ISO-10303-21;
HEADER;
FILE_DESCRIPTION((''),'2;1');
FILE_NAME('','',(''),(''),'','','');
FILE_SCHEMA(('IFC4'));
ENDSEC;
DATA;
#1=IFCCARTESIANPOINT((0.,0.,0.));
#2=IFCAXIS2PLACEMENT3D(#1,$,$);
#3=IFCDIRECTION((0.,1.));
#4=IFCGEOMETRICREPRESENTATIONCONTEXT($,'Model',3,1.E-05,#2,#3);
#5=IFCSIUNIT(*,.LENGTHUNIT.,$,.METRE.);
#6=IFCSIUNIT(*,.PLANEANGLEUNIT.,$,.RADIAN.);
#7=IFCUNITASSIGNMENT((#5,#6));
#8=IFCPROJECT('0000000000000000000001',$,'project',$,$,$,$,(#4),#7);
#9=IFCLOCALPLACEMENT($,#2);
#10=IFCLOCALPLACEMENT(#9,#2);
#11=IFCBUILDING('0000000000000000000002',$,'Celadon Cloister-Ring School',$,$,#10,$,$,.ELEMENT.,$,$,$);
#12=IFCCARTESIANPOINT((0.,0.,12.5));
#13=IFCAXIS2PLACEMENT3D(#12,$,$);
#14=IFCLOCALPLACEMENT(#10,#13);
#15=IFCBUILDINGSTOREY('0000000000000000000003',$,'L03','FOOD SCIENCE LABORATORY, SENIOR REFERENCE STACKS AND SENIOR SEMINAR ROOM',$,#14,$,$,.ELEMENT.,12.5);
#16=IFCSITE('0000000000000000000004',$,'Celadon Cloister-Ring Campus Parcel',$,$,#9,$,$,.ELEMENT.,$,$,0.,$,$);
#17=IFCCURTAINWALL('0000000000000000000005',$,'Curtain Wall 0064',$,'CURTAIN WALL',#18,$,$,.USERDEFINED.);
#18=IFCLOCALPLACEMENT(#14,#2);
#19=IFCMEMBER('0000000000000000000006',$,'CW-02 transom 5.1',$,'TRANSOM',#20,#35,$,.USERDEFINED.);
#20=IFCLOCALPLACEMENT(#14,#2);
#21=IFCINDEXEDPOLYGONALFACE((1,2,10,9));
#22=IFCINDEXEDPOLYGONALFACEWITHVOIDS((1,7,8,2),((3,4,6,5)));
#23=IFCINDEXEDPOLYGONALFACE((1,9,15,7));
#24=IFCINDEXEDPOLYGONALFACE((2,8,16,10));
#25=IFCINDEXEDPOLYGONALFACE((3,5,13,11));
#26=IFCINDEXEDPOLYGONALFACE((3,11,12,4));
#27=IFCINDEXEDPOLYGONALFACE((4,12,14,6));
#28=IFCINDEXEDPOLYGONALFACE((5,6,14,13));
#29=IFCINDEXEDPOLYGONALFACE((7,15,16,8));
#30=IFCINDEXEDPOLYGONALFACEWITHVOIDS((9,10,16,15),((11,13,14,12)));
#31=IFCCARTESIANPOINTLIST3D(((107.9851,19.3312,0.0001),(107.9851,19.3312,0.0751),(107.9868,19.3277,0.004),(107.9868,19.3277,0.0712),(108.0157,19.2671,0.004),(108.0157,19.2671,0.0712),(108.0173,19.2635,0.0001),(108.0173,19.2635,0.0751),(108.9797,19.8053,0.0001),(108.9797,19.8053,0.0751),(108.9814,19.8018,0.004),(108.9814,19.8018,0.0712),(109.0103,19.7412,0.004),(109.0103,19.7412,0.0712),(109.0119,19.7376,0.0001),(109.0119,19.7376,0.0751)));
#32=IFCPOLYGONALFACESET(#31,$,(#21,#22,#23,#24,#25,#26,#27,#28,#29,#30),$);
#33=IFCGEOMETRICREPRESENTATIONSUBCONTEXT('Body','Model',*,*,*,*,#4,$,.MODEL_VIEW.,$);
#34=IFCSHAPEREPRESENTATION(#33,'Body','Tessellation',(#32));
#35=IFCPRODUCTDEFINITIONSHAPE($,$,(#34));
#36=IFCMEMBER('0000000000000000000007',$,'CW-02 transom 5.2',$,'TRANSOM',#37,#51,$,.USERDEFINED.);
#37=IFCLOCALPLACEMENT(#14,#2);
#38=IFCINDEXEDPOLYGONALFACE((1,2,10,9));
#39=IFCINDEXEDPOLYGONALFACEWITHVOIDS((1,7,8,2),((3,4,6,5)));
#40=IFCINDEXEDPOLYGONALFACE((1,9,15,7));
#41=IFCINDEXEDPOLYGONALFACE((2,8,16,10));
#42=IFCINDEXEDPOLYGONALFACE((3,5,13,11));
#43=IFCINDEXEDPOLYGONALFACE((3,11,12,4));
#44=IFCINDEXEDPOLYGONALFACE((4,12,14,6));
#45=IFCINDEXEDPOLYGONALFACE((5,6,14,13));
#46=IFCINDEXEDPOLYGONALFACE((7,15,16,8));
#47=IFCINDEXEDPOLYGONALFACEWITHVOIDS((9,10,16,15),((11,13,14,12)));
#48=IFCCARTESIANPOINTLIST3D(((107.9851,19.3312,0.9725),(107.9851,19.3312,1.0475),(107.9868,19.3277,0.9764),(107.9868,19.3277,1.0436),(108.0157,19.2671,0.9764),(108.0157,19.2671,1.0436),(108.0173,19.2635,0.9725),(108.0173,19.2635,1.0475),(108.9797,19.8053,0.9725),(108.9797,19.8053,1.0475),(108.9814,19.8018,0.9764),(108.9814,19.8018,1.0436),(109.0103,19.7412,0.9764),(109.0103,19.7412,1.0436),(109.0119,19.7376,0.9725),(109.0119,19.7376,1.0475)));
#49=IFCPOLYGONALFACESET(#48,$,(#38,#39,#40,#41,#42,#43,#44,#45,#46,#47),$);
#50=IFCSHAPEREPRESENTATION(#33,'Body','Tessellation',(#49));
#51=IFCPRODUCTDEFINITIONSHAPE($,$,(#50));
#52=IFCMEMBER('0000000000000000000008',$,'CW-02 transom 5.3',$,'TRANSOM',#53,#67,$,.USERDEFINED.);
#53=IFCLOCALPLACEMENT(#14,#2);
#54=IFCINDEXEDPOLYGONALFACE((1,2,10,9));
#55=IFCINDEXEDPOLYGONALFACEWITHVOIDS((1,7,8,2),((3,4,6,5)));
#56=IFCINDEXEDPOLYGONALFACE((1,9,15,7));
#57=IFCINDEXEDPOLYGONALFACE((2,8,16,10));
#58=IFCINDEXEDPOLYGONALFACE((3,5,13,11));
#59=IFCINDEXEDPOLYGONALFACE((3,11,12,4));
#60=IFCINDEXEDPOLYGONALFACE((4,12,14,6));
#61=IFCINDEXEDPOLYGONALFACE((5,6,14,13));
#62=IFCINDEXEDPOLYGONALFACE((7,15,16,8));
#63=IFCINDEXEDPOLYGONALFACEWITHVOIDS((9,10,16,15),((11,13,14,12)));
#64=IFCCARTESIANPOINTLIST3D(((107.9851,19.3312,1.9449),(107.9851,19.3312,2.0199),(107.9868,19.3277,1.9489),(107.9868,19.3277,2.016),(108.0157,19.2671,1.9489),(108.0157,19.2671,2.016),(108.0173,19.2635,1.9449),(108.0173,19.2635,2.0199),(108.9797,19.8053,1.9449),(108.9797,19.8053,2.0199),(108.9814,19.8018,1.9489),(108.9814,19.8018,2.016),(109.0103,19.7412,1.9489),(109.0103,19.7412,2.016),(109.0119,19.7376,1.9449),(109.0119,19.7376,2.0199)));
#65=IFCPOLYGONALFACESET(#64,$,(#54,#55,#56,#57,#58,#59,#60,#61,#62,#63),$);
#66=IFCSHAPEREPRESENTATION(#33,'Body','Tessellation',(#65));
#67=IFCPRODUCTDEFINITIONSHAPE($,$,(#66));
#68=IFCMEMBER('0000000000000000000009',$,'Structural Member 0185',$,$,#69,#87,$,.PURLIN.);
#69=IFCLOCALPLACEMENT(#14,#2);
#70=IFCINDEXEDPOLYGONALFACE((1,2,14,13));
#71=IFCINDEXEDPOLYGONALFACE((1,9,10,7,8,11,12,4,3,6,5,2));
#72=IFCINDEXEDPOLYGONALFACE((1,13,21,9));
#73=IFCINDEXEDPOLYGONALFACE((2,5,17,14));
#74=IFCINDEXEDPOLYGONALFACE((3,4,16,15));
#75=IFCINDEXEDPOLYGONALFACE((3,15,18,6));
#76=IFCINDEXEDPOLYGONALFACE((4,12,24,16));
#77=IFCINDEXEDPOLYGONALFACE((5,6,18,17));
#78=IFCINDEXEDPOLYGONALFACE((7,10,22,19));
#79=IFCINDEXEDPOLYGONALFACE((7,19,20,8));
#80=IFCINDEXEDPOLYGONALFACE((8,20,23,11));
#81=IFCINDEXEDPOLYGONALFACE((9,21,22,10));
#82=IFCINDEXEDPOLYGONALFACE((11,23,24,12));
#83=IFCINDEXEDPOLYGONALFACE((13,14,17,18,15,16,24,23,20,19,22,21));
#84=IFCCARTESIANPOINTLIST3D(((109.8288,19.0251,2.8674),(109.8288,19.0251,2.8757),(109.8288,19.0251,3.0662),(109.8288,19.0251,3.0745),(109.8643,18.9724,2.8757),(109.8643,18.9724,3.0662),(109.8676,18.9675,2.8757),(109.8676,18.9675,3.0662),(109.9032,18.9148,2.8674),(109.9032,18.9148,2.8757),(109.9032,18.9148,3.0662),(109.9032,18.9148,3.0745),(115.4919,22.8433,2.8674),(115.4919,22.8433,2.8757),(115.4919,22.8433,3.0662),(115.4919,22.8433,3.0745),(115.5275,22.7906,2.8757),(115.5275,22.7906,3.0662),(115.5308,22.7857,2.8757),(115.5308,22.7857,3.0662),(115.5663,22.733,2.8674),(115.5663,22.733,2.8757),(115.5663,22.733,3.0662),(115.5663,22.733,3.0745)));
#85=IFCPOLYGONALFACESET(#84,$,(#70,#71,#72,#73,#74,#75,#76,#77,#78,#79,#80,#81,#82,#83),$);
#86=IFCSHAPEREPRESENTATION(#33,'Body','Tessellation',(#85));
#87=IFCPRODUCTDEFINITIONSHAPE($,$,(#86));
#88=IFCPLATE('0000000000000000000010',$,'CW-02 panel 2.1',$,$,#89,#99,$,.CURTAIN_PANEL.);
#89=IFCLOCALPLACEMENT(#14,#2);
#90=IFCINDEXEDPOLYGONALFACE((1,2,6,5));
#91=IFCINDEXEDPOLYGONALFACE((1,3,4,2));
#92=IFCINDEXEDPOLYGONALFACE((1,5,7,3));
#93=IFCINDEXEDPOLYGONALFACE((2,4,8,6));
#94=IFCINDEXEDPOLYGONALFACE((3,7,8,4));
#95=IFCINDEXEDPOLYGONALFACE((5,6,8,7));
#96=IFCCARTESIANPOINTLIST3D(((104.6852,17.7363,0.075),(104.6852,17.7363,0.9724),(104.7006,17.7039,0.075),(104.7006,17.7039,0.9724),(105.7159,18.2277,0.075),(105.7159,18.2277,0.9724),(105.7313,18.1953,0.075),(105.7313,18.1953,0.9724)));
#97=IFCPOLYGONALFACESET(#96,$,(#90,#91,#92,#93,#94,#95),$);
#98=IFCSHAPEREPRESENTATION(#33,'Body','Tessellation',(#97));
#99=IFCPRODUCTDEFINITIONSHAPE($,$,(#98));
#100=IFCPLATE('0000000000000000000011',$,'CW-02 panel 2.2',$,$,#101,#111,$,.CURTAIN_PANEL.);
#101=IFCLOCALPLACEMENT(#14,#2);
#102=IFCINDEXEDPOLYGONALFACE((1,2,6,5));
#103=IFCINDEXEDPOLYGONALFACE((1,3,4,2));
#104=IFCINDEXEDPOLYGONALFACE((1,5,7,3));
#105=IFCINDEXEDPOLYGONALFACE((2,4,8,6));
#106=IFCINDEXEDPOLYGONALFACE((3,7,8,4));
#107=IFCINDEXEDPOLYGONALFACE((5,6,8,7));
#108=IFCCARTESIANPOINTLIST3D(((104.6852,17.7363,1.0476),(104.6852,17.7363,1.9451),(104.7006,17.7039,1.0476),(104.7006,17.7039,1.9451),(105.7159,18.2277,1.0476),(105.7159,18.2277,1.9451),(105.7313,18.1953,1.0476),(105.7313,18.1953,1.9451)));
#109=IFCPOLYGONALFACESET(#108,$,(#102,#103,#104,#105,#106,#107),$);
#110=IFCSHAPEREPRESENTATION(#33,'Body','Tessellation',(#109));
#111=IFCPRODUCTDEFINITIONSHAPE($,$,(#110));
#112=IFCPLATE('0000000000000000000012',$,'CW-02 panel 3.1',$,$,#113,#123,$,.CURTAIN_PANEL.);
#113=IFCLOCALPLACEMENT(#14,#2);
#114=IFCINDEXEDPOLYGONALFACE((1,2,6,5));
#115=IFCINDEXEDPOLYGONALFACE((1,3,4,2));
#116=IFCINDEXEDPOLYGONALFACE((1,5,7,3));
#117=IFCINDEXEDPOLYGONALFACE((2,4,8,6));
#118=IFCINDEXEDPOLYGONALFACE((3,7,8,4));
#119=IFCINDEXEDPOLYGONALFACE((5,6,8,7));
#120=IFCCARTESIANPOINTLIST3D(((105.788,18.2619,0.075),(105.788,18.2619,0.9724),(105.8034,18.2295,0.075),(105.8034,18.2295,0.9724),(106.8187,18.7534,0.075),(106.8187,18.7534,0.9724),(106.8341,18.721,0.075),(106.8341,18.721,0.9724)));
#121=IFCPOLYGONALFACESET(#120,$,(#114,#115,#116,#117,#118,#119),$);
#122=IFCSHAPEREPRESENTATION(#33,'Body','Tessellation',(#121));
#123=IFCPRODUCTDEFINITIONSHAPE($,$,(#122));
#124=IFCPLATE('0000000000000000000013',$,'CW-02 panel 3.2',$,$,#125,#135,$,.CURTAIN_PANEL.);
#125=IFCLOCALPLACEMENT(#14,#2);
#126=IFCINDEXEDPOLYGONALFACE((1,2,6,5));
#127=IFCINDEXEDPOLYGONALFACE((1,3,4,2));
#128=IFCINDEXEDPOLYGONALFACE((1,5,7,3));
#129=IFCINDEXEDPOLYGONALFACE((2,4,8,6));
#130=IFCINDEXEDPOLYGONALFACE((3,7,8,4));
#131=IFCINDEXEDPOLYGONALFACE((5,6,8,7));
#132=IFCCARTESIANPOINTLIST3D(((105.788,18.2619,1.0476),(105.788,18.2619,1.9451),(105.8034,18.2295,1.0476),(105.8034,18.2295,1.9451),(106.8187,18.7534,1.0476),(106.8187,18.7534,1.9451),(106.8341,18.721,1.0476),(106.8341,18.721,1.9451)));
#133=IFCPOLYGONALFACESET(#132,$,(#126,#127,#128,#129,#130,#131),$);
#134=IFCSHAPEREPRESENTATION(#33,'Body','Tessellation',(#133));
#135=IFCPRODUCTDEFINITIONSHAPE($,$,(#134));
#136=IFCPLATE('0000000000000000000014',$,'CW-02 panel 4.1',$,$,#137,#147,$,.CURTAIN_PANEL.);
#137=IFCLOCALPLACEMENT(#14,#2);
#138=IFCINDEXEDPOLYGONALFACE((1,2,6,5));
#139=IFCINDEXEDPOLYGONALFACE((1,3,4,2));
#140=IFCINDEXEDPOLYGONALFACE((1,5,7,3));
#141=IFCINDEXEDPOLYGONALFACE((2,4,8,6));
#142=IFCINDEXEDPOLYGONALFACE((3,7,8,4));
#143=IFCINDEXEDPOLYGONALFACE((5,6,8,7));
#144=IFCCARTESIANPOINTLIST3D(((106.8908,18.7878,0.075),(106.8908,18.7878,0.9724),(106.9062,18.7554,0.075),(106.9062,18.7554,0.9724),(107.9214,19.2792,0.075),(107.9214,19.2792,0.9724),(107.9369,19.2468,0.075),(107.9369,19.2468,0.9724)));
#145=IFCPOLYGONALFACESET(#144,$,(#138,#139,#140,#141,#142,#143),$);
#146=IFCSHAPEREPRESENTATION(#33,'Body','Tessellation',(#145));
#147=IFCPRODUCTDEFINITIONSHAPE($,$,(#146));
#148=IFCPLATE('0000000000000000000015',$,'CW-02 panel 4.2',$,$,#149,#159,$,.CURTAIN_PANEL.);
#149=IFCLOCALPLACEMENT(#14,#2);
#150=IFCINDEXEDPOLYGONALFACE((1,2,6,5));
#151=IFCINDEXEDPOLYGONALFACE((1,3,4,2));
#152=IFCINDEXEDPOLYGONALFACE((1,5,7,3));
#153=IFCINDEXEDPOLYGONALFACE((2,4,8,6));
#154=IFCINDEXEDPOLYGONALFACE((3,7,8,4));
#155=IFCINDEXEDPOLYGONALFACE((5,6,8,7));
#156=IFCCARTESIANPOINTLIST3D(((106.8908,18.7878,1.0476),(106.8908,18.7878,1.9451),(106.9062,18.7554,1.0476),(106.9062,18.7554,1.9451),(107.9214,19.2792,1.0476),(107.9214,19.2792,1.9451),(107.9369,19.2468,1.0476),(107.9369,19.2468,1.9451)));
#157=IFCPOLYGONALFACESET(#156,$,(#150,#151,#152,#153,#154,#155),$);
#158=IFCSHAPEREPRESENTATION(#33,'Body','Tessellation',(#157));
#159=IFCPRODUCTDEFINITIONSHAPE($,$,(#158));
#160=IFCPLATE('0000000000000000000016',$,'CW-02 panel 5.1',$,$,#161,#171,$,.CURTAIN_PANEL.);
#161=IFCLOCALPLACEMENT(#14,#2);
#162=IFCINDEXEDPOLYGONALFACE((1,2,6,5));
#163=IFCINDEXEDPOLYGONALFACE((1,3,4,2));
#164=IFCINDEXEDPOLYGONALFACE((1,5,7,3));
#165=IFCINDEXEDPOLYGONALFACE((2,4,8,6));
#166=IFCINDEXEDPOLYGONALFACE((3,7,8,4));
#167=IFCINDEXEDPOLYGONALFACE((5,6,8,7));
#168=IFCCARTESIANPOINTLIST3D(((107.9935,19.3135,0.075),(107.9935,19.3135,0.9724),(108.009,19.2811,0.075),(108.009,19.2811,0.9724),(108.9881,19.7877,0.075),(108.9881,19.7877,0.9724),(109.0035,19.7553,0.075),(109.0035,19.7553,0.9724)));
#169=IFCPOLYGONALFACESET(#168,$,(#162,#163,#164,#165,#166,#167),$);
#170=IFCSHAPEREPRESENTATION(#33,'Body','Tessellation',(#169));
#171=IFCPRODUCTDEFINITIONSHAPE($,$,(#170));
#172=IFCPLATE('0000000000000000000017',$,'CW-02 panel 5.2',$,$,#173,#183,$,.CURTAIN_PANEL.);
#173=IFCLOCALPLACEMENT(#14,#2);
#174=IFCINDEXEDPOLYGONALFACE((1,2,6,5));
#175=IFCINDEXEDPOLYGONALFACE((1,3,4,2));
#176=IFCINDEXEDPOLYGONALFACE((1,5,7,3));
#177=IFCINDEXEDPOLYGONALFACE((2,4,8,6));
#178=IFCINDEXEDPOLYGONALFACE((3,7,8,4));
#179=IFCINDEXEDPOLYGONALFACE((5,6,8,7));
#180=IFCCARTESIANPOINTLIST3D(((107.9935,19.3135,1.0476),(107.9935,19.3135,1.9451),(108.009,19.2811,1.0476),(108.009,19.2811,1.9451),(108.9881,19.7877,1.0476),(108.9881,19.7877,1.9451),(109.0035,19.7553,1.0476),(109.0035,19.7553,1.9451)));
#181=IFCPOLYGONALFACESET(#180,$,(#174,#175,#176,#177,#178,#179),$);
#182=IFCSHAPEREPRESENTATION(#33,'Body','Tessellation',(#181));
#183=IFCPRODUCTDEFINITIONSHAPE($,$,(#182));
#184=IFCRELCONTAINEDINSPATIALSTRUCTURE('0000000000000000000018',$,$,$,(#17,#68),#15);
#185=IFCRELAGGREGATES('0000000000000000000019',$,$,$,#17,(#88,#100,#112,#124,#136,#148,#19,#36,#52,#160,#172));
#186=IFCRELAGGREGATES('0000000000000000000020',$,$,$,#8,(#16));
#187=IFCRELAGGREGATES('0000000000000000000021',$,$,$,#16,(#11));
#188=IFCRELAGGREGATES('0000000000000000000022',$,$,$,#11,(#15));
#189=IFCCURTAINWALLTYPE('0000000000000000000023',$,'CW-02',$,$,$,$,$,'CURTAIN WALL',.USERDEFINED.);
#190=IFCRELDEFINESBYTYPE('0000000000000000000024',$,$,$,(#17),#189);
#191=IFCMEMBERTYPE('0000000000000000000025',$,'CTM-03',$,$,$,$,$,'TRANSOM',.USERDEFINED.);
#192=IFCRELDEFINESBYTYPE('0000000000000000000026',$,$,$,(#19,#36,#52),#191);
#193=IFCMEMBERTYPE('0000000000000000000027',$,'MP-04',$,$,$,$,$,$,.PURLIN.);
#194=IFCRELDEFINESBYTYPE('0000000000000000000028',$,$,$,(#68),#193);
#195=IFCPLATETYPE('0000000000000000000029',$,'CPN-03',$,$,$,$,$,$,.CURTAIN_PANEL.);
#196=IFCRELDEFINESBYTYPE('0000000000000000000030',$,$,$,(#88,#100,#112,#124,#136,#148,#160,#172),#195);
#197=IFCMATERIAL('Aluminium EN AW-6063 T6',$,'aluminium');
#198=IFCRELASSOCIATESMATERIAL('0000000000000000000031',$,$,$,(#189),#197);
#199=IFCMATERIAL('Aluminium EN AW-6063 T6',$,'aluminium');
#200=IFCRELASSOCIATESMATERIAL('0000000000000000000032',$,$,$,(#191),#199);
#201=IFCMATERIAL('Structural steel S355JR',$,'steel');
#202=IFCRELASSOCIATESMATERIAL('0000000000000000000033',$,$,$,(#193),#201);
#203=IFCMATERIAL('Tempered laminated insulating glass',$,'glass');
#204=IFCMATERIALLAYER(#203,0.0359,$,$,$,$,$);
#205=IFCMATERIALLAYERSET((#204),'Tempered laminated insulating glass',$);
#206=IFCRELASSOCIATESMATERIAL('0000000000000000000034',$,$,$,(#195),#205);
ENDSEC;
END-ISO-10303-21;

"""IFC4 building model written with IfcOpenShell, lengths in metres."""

from ifc_helpers import new_model, si_unit, direction, frame, origin, origin_2d, place, context, subcontext, project, spatial, rectangle, hollow_rectangle, i_section, extrude, material, layer, layer_set, material_profile, profile_set, type_object, element, aggregate, save


model = new_model("IFC4")

# Units and contexts
model_context = context("Model", 3, precision=1e-05, world=origin(), true_north=direction((0.0, 1.0)))
body_context = subcontext(model_context, "Body", "Model", "MODEL_VIEW")
ifc_project = project(units=[si_unit("LENGTHUNIT", "METRE"), si_unit("PLANEANGLEUNIT", "RADIAN")], contexts=[model_context])

# Site, building, storey
site_placement = place(None, origin())
site = spatial("IfcSite", under=ifc_project, at=site_placement, Name="Celadon Cloister-Ring Campus Parcel", CompositionType="ELEMENT", RefElevation=0.0)
building_placement = place(site_placement, origin())
building = spatial("IfcBuilding", under=site, at=building_placement, Name="Celadon Cloister-Ring School", CompositionType="ELEMENT")
storey_placement = place(building_placement, frame((0.0, 0.0, 12.5)))
storey = spatial("IfcBuildingStorey", under=building, at=storey_placement, Name="L03", Description="FOOD SCIENCE LABORATORY, SENIOR REFERENCE STACKS AND SENIOR SEMINAR ROOM", CompositionType="ELEMENT", Elevation=12.5)

# Curtain wall, members
ifc_material_1 = material(Name="Aluminium EN AW-6063 T6", Category="aluminium")
curtain_wall_type = type_object("IfcCurtainWallType", Name="CW-02", ElementType="CURTAIN WALL", PredefinedType="USERDEFINED", material=ifc_material_1)
curtain_wall_placement = place(storey_placement, origin())
curtain_wall = element("IfcCurtainWall", 1, at=curtain_wall_placement, inside=storey, type_object=curtain_wall_type, Name="Curtain Wall 0064", ObjectType="CURTAIN WALL", PredefinedType="USERDEFINED")
ifc_material_2 = material(Name="Aluminium EN AW-6063 T6", Category="aluminium")
ifc_material_profile_1 = material_profile(ifc_material_2, hollow_rectangle(XDim=0.075, YDim=0.075, WallThickness=0.0039, at=origin_2d()), Name="RHS75X75X4")
ifc_profile_set_1 = profile_set([ifc_material_profile_1], Name="Aluminium EN AW-6063 T6")
member_type_1 = type_object("IfcMemberType", Name="CTM-03", ElementType="TRANSOM", PredefinedType="USERDEFINED", material=ifc_profile_set_1)
member_1_placement = place(storey_placement, frame((108.0012, 19.2974, 0.0376), z_axis=(0.902688, 0.430295, 0.0), x_axis=(-0.430295, 0.902688, 0.0)))
member_1 = element("IfcMember", 2, at=member_1_placement, type_object=member_type_1, Name="CW-02 transom 5.1", ObjectType="TRANSOM", PredefinedType="USERDEFINED", context=body_context, shape_type="SweptSolid", body=[
    extrude(hollow_rectangle(XDim=0.075, YDim=0.075, WallThickness=0.0039, at=origin_2d()), origin(), (0.0, 0.0, 1.0), 1.1018),
])
member_2_placement = place(storey_placement, frame((108.0012, 19.2974, 1.01), z_axis=(0.902688, 0.430295, 0.0), x_axis=(-0.430295, 0.902688, 0.0)))
member_2 = element("IfcMember", 3, at=member_2_placement, type_object=member_type_1, Name="CW-02 transom 5.2", ObjectType="TRANSOM", PredefinedType="USERDEFINED", context=body_context, shape_type="SweptSolid", body=[
    extrude(hollow_rectangle(XDim=0.075, YDim=0.075, WallThickness=0.0039, at=origin_2d()), origin(), (0.0, 0.0, 1.0), 1.1018),
])
member_3_placement = place(storey_placement, frame((108.0012, 19.2974, 1.9824), z_axis=(0.902688, 0.430295, 0.0), x_axis=(-0.430295, 0.902688, 0.0)))
member_3 = element("IfcMember", 4, at=member_3_placement, type_object=member_type_1, Name="CW-02 transom 5.3", ObjectType="TRANSOM", PredefinedType="USERDEFINED", context=body_context, shape_type="SweptSolid", body=[
    extrude(hollow_rectangle(XDim=0.075, YDim=0.075, WallThickness=0.0039, at=origin_2d()), origin(), (0.0, 0.0, 1.0), 1.1018),
])

# Member
ifc_material_3 = material(Name="Structural steel S355JR", Category="steel")
ifc_material_profile_2 = material_profile(ifc_material_3, i_section(OverallWidth=0.1331, OverallDepth=0.207, WebThickness=0.0059, FlangeThickness=0.0083, at=origin_2d()), Name="W200X27")
ifc_profile_set_2 = profile_set([ifc_material_profile_2], Name="Structural steel S355JR")
member_type_2 = type_object("IfcMemberType", Name="MP-04", PredefinedType="PURLIN", material=ifc_profile_set_2)
member_4_placement = place(storey_placement, frame((109.866, 18.97, 2.9709), z_axis=(0.829152, 0.559023, 0.0), x_axis=(-0.559023, 0.829152, 0.0)))
element("IfcMember", 5, at=member_4_placement, inside=storey, type_object=member_type_2, Name="Structural Member 0185", PredefinedType="PURLIN", context=body_context, shape_type="SweptSolid", body=[
    extrude(i_section(OverallWidth=0.1331, OverallDepth=0.207, WebThickness=0.0059, FlangeThickness=0.0083, at=origin_2d()), origin(), (0.0, 0.0, 1.0), 6.8301),
])

# Plates
ifc_material_4 = material(Name="Tempered laminated insulating glass", Category="glass")
ifc_layer = layer(ifc_material_4, 0.0359)
ifc_layer_set = layer_set([ifc_layer], Name="Tempered laminated insulating glass")
plate_type = type_object("IfcPlateType", Name="CPN-03", PredefinedType="CURTAIN_PANEL", material=ifc_layer_set)
plate_1_placement = place(storey_placement, frame((105.2083, 17.9658, 0.075), z_axis=(0.0, 0.0, 1.0), x_axis=(0.902652, 0.430372, 0.0)))
plate_1 = element("IfcPlate", 6, at=plate_1_placement, type_object=plate_type, Name="CW-02 panel 2.1", PredefinedType="CURTAIN_PANEL", context=body_context, shape_type="SweptSolid", body=[
    extrude(rectangle(XDim=1.1418, YDim=0.0359, at=origin_2d()), origin(), (0.0, 0.0, 1.0), 0.8975),
])
plate_2_placement = place(storey_placement, frame((105.2083, 17.9658, 1.0476), z_axis=(0.0, 0.0, 1.0), x_axis=(0.902652, 0.430372, 0.0)))
plate_2 = element("IfcPlate", 7, at=plate_2_placement, type_object=plate_type, Name="CW-02 panel 2.2", PredefinedType="CURTAIN_PANEL", context=body_context, shape_type="SweptSolid", body=[
    extrude(rectangle(XDim=1.1418, YDim=0.0359, at=origin_2d()), origin(), (0.0, 0.0, 1.0), 0.8975),
])
plate_3_placement = place(storey_placement, frame((106.311, 18.4915, 0.075), z_axis=(0.0, 0.0, 1.0), x_axis=(0.902652, 0.430372, 0.0)))
plate_3 = element("IfcPlate", 8, at=plate_3_placement, type_object=plate_type, Name="CW-02 panel 3.1", PredefinedType="CURTAIN_PANEL", context=body_context, shape_type="SweptSolid", body=[
    extrude(rectangle(XDim=1.1418, YDim=0.0359, at=origin_2d()), origin(), (0.0, 0.0, 1.0), 0.8975),
])
plate_4_placement = place(storey_placement, frame((106.311, 18.4915, 1.0476), z_axis=(0.0, 0.0, 1.0), x_axis=(0.902652, 0.430372, 0.0)))
plate_4 = element("IfcPlate", 9, at=plate_4_placement, type_object=plate_type, Name="CW-02 panel 3.2", PredefinedType="CURTAIN_PANEL", context=body_context, shape_type="SweptSolid", body=[
    extrude(rectangle(XDim=1.1418, YDim=0.0359, at=origin_2d()), origin(), (0.0, 0.0, 1.0), 0.8975),
])
plate_5_placement = place(storey_placement, frame((107.4138, 19.0173, 0.075), z_axis=(0.0, 0.0, 1.0), x_axis=(0.902652, 0.430372, 0.0)))
plate_5 = element("IfcPlate", 10, at=plate_5_placement, type_object=plate_type, Name="CW-02 panel 4.1", PredefinedType="CURTAIN_PANEL", context=body_context, shape_type="SweptSolid", body=[
    extrude(rectangle(XDim=1.1418, YDim=0.0359, at=origin_2d()), origin(), (0.0, 0.0, 1.0), 0.8975),
])
plate_6_placement = place(storey_placement, frame((107.4138, 19.0173, 1.0476), z_axis=(0.0, 0.0, 1.0), x_axis=(0.902652, 0.430372, 0.0)))
plate_6 = element("IfcPlate", 11, at=plate_6_placement, type_object=plate_type, Name="CW-02 panel 4.2", PredefinedType="CURTAIN_PANEL", context=body_context, shape_type="SweptSolid", body=[
    extrude(rectangle(XDim=1.1418, YDim=0.0359, at=origin_2d()), origin(), (0.0, 0.0, 1.0), 0.8975),
])
plate_7_placement = place(storey_placement, frame((108.4985, 19.5344, 0.075), z_axis=(0.0, 0.0, 1.0), x_axis=(0.902652, 0.430372, 0.0)))
plate_7 = element("IfcPlate", 12, at=plate_7_placement, type_object=plate_type, Name="CW-02 panel 5.1", PredefinedType="CURTAIN_PANEL", context=body_context, shape_type="SweptSolid", body=[
    extrude(rectangle(XDim=1.1018, YDim=0.0359, at=origin_2d()), origin(), (0.0, 0.0, 1.0), 0.8975),
])
plate_8_placement = place(storey_placement, frame((108.4985, 19.5344, 1.0476), z_axis=(0.0, 0.0, 1.0), x_axis=(0.902652, 0.430372, 0.0)))
plate_8 = element("IfcPlate", 13, at=plate_8_placement, type_object=plate_type, Name="CW-02 panel 5.2", PredefinedType="CURTAIN_PANEL", context=body_context, shape_type="SweptSolid", body=[
    extrude(rectangle(XDim=1.1018, YDim=0.0359, at=origin_2d()), origin(), (0.0, 0.0, 1.0), 0.8975),
])
aggregate(curtain_wall, [plate_1, plate_2, plate_3, plate_4, plate_5, plate_6, member_1, member_2, member_3, plate_7, plate_8])

save(model, "model.ifc")
